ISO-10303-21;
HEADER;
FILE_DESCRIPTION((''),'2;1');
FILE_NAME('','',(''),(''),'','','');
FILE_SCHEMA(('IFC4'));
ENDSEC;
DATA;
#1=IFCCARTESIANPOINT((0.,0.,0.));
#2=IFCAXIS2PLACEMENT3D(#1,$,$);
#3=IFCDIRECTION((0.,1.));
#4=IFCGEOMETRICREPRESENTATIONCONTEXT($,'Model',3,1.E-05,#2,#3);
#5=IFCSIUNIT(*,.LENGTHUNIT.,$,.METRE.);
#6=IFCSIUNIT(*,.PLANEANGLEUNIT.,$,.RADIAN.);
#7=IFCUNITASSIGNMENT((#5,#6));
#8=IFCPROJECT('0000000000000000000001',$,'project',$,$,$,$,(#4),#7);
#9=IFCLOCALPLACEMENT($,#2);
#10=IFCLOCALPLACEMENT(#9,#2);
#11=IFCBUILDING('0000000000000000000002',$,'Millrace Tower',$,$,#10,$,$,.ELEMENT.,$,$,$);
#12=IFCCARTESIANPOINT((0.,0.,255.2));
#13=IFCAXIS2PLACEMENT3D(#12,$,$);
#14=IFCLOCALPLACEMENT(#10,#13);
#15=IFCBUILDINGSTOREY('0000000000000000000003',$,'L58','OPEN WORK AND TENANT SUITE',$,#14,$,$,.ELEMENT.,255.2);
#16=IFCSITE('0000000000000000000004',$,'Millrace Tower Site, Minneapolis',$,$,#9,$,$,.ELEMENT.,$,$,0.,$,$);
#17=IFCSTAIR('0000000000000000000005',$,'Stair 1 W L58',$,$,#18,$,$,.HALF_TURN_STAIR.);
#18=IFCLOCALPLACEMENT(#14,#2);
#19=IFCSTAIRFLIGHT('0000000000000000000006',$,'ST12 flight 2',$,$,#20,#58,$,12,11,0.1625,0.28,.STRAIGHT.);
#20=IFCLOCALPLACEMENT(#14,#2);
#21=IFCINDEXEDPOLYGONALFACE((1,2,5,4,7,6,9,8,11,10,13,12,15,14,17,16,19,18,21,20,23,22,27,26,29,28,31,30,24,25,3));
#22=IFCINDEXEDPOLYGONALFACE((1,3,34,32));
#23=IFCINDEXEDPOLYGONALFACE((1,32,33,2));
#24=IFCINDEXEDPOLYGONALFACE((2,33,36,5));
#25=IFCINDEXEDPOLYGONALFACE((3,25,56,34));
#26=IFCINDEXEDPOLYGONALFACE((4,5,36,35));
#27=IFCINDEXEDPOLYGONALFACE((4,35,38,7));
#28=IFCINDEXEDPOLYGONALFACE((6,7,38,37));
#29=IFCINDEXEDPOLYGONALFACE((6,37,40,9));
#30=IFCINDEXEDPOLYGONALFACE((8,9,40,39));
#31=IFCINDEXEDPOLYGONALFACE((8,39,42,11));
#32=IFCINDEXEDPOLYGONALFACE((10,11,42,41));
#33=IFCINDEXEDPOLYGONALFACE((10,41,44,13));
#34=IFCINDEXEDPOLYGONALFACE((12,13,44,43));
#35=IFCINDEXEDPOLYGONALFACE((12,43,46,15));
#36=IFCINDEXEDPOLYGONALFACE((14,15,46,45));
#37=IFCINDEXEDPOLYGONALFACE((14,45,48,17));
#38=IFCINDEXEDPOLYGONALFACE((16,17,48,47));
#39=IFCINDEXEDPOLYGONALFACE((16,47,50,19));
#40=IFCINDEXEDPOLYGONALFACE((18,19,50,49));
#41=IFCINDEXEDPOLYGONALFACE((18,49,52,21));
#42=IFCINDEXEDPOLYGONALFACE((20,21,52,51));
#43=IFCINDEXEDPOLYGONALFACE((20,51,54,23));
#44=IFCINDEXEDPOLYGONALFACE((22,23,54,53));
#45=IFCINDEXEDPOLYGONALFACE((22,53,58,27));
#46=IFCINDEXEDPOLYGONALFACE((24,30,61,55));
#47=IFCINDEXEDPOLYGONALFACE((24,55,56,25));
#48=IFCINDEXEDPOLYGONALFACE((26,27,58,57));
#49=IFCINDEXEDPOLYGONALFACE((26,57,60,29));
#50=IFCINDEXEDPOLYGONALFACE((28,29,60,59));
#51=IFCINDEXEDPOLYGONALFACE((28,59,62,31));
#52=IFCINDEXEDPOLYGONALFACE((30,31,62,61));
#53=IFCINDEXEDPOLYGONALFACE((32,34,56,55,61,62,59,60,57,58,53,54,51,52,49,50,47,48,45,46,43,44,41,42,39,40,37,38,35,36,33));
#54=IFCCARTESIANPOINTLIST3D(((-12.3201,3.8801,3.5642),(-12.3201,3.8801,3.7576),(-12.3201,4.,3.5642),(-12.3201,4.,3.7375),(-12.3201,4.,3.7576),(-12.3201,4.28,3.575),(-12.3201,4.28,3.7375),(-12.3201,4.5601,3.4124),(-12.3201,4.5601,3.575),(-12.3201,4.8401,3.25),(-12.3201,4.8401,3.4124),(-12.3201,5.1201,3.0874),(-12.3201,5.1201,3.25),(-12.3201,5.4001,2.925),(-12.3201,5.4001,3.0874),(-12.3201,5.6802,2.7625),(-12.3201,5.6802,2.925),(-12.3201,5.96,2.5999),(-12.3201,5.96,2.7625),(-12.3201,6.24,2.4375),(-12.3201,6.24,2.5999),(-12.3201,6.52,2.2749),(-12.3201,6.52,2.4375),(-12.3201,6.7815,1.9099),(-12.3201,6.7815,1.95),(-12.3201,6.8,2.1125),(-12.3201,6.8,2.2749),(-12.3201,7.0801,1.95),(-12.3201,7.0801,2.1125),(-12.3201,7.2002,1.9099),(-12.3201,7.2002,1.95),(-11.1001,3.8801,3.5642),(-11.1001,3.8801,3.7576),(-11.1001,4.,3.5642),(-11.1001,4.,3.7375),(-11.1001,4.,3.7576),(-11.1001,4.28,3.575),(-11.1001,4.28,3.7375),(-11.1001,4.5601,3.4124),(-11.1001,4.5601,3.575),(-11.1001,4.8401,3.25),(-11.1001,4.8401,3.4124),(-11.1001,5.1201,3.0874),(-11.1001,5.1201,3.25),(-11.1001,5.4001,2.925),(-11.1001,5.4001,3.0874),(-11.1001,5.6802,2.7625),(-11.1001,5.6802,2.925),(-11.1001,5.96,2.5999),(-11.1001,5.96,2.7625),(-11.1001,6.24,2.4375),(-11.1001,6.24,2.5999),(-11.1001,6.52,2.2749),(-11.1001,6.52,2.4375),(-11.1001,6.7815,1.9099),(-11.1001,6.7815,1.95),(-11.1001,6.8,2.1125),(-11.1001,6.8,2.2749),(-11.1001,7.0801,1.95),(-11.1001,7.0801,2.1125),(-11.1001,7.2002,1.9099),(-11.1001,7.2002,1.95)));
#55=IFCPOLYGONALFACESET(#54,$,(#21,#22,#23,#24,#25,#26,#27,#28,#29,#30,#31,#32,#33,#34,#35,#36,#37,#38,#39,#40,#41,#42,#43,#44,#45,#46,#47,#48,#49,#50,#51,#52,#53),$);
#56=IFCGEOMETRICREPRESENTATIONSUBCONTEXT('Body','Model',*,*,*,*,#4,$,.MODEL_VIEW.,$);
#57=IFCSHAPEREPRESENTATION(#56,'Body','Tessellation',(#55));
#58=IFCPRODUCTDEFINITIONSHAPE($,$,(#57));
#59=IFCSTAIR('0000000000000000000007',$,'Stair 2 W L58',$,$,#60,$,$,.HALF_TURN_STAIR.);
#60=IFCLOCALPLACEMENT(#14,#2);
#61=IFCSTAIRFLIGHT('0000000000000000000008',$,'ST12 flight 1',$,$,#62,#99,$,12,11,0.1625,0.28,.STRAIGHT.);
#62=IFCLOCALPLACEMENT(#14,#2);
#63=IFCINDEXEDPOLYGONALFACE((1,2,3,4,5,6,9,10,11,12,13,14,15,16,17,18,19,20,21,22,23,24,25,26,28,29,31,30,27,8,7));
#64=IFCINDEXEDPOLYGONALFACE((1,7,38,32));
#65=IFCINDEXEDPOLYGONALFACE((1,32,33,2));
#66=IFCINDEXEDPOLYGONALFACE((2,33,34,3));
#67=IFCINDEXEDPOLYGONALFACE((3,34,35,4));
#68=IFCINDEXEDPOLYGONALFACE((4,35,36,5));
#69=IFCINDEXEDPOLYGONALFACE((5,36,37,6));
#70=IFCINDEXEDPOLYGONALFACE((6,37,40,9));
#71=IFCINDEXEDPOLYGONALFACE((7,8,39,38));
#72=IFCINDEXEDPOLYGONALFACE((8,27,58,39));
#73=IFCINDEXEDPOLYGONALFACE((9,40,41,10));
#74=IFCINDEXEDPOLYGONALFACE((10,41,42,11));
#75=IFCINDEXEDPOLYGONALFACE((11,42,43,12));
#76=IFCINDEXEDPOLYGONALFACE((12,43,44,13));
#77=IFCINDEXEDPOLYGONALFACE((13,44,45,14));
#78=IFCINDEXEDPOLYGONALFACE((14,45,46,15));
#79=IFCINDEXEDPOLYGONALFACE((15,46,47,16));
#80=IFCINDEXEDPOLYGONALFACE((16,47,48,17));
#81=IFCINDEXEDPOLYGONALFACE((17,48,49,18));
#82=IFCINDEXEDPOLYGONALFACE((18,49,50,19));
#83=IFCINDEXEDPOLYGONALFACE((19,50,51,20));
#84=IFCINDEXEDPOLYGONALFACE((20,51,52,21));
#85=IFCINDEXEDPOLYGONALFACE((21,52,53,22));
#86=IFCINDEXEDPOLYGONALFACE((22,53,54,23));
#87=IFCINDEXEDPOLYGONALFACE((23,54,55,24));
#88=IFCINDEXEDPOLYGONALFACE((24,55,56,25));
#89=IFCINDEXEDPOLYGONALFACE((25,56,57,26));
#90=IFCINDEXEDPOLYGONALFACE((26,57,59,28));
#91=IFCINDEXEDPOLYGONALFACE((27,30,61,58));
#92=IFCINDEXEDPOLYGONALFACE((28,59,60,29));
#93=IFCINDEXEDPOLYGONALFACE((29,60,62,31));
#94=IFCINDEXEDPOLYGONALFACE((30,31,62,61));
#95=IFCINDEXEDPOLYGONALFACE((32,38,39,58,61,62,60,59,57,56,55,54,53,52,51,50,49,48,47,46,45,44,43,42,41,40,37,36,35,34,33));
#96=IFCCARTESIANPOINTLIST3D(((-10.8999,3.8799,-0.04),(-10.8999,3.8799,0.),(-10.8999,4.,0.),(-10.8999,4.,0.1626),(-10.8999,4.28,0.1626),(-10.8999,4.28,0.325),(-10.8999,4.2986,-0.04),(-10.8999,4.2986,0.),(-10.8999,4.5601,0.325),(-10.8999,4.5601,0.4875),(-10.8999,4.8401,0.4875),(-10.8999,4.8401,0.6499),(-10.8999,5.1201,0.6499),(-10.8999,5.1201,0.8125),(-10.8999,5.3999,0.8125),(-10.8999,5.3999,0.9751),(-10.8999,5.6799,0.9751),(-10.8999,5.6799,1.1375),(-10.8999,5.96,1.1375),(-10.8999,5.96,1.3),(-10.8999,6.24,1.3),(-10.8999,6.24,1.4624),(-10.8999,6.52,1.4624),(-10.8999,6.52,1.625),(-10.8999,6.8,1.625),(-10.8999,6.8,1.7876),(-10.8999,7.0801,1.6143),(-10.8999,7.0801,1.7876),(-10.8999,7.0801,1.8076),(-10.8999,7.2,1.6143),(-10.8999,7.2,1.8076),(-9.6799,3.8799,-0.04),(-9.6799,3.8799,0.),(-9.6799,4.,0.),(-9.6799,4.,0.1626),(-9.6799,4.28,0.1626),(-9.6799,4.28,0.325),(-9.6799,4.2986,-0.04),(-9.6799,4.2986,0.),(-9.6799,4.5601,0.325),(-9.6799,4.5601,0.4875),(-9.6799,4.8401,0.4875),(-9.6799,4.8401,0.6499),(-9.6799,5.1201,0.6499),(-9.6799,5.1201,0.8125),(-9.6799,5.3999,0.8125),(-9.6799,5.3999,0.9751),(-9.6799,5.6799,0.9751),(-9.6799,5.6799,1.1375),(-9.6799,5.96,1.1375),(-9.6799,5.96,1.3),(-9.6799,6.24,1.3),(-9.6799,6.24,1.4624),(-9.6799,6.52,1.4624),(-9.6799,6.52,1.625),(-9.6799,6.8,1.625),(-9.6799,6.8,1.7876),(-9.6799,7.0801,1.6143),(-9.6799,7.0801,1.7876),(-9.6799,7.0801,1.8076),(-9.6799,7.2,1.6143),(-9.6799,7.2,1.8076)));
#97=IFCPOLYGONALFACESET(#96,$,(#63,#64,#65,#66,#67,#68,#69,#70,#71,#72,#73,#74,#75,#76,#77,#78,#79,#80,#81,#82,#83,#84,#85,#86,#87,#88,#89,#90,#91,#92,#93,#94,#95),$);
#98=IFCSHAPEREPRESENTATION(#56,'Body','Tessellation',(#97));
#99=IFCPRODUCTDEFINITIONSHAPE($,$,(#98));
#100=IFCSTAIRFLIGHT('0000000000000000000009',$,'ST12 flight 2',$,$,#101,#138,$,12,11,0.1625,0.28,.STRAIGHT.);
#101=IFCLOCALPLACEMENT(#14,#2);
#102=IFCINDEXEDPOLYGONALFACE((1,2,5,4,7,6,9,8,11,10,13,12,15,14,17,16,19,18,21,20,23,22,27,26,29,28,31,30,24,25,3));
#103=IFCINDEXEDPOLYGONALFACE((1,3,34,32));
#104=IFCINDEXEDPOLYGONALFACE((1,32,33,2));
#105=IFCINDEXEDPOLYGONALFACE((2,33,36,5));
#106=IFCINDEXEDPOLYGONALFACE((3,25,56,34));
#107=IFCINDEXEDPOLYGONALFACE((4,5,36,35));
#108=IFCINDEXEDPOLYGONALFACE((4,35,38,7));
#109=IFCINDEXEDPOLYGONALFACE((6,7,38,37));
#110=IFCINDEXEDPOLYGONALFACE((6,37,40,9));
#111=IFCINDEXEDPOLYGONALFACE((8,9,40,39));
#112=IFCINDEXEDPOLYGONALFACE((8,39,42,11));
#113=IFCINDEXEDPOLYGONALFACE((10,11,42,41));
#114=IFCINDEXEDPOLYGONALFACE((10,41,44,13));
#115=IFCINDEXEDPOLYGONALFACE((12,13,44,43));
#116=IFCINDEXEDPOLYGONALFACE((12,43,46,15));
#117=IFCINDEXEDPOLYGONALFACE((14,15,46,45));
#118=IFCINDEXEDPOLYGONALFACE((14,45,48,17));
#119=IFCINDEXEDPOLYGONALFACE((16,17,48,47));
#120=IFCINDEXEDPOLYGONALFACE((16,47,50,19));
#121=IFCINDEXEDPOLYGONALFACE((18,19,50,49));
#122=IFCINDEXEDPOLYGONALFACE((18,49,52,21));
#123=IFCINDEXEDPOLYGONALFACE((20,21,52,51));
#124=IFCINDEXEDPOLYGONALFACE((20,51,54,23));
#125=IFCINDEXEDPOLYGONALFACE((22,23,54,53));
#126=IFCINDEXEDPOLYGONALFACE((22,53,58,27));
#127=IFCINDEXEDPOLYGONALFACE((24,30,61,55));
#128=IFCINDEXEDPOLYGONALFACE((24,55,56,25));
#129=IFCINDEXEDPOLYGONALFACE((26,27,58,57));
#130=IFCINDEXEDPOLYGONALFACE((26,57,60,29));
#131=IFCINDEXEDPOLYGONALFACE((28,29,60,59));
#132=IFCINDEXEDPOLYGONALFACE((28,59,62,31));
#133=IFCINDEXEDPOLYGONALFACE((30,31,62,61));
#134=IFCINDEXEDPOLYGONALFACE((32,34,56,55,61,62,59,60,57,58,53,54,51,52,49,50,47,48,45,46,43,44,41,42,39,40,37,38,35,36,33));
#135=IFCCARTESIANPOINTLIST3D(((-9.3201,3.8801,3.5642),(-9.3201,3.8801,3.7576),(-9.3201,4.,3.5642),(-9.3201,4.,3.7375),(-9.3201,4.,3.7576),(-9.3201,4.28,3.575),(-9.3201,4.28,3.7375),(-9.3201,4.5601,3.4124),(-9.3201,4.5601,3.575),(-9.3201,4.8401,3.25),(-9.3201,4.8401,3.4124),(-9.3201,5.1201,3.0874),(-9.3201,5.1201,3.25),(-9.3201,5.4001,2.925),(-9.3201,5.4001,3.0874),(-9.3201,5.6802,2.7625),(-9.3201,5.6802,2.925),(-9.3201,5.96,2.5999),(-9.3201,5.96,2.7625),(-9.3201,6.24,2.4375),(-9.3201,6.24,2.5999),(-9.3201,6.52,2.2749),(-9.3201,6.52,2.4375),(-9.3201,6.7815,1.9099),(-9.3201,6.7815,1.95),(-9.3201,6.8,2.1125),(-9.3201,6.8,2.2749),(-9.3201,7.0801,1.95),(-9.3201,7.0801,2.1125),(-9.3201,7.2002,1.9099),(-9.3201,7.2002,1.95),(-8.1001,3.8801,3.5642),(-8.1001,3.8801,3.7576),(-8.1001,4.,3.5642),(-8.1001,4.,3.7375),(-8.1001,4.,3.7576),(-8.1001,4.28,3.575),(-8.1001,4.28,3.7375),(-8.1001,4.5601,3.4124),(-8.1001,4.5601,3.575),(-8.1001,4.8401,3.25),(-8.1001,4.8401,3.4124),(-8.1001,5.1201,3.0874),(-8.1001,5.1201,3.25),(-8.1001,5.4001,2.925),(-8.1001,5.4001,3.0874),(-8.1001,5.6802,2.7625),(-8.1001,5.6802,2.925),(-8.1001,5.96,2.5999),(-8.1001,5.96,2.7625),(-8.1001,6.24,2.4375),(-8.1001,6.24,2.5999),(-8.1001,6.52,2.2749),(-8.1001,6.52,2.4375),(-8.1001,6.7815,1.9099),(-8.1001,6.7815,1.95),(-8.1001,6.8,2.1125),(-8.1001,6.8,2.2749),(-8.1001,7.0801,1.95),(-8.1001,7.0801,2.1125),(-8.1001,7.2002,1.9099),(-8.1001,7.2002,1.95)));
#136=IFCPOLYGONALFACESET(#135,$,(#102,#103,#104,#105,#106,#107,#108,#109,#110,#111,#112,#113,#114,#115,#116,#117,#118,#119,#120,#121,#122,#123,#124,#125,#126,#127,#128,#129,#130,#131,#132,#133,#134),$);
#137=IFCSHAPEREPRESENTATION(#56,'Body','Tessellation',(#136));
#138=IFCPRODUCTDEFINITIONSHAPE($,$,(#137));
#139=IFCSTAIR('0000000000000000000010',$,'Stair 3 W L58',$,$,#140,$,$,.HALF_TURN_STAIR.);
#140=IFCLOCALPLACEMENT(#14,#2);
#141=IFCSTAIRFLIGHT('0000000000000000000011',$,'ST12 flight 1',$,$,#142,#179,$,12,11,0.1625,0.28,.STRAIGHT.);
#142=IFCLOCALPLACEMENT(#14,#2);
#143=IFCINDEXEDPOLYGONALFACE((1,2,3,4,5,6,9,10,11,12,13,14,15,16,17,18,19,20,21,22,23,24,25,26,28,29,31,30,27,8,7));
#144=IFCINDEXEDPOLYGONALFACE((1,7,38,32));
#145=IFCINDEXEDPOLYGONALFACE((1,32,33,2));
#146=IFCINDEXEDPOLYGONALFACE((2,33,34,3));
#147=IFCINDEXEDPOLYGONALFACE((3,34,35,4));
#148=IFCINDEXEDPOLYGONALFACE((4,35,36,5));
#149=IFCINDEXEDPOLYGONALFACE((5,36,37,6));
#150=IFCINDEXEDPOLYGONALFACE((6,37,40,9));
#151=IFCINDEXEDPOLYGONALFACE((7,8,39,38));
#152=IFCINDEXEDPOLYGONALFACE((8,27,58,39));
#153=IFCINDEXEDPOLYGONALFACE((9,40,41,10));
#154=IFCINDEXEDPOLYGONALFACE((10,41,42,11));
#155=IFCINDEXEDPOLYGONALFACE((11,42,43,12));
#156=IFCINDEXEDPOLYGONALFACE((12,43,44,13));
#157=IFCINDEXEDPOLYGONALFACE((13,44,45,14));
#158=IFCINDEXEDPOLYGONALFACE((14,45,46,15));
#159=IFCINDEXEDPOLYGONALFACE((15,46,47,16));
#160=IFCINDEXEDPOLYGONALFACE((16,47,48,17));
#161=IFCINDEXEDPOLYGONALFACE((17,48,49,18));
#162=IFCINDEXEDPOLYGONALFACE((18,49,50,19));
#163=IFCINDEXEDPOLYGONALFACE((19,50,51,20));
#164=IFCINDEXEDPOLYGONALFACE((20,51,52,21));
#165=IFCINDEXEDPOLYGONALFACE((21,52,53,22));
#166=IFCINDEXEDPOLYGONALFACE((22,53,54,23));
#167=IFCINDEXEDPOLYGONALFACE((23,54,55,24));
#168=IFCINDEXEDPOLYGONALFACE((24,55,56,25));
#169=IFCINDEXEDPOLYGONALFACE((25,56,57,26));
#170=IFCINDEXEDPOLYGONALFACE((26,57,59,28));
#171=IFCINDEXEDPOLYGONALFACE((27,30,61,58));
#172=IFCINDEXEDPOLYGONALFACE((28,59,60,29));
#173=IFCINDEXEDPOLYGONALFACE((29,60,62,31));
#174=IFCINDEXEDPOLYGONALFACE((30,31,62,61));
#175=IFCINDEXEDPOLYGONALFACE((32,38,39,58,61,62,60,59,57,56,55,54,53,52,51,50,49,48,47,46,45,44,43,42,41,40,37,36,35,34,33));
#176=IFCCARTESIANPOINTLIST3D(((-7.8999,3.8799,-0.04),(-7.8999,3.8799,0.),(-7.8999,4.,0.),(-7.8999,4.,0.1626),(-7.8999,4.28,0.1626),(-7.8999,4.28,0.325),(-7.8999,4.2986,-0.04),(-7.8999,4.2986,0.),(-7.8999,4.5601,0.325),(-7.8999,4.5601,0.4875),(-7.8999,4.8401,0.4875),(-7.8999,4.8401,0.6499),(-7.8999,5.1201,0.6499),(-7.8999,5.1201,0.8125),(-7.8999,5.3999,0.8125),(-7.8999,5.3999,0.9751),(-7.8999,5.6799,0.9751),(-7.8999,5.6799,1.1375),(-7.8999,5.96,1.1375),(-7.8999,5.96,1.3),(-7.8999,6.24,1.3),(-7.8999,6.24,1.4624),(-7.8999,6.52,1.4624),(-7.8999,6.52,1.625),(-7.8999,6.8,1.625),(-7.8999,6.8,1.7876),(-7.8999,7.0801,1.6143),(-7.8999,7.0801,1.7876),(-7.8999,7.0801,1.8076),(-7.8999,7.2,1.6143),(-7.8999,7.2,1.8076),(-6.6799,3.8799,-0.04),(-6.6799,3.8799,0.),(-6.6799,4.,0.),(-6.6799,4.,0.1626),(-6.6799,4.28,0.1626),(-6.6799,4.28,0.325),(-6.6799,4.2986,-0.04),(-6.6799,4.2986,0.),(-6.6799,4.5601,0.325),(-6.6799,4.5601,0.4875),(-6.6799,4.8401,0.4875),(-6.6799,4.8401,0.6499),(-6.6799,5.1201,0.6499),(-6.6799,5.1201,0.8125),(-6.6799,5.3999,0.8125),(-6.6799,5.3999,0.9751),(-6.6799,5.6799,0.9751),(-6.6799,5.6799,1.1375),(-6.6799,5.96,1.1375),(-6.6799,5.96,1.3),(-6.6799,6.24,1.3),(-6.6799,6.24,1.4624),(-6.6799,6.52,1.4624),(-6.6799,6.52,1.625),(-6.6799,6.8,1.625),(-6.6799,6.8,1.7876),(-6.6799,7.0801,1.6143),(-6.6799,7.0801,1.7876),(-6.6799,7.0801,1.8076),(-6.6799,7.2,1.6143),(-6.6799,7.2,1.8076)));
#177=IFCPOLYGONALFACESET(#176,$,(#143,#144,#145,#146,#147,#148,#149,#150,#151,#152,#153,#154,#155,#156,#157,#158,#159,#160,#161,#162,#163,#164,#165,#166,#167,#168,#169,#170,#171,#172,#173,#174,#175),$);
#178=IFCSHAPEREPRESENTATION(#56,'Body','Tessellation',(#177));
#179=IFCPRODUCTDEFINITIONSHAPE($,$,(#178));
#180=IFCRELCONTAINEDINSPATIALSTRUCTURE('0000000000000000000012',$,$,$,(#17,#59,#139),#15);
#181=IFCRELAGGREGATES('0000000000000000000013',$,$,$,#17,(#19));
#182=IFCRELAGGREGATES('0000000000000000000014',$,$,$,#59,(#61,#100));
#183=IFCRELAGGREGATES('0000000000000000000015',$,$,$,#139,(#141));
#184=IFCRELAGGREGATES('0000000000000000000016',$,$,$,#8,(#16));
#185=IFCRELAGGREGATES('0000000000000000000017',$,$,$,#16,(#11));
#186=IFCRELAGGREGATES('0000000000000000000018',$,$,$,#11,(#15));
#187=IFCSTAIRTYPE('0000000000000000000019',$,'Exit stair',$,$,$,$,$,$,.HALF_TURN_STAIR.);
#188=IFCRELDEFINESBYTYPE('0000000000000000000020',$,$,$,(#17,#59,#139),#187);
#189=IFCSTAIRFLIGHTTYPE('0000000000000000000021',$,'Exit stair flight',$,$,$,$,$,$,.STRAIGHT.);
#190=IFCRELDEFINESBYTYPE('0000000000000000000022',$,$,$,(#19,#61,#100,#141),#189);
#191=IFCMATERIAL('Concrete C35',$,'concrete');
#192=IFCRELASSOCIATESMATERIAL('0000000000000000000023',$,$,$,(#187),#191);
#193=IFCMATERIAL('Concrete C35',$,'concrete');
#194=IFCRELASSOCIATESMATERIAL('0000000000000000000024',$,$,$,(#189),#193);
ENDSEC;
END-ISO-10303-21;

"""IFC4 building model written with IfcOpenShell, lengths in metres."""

from ifc_helpers import new_model, si_unit, direction, frame, origin, place, context, subcontext, project, spatial, polyline, outline, extrude, material, type_object, element, aggregate, save


model = new_model("IFC4")

# Units and contexts
model_context = context("Model", 3, precision=1e-05, world=origin(), true_north=direction((0.0, 1.0)))
body_context = subcontext(model_context, "Body", "Model", "MODEL_VIEW")
ifc_project = project(units=[si_unit("LENGTHUNIT", "METRE"), si_unit("PLANEANGLEUNIT", "RADIAN")], contexts=[model_context])

# Site, building, storey
site_placement = place(None, origin())
site = spatial("IfcSite", under=ifc_project, at=site_placement, Name="Millrace Tower Site, Minneapolis", CompositionType="ELEMENT", RefElevation=0.0)
building_placement = place(site_placement, origin())
building = spatial("IfcBuilding", under=site, at=building_placement, Name="Millrace Tower", CompositionType="ELEMENT")
storey_placement = place(building_placement, frame((0.0, 0.0, 255.2)))
storey = spatial("IfcBuildingStorey", under=building, at=storey_placement, Name="L58", Description="OPEN WORK AND TENANT SUITE", CompositionType="ELEMENT", Elevation=255.2)

# Shared definitions
placement = place(storey_placement, origin())

# Stair, stair flight
ifc_material_1 = material(Name="Concrete C35", Category="concrete")
stair_type = type_object("IfcStairType", Name="Exit stair", PredefinedType="HALF_TURN_STAIR", material=ifc_material_1)
stair_1 = element("IfcStair", 1, at=placement, inside=storey, type_object=stair_type, Name="Stair 1 W L58", PredefinedType="HALF_TURN_STAIR")
ifc_material_2 = material(Name="Concrete C35", Category="concrete")
stair_flight_type = type_object("IfcStairFlightType", Name="Exit stair flight", PredefinedType="STRAIGHT", material=ifc_material_2)
stair_flight_1_placement = place(storey_placement, frame((-11.71, 7.0801, 1.95), z_axis=(0.0, 0.0, 1.0), x_axis=(0.0, -1.0, 0.0)))
stair_flight_1 = element("IfcStairFlight", 2, at=stair_flight_1_placement, type_object=stair_flight_type, Name="ST12 flight 2", NumberOfRisers=12, NumberOfTreads=11, PredefinedType="STRAIGHT", RiserHeight=0.1625, TreadLength=0.28, context=body_context, shape_type="SweptSolid", body=[
    extrude(outline(polyline([(-0.1201, -0.04), (-0.1201, 0.0), (0.0, 0.0), (0.0, 0.1626), (0.28, 0.1626), (0.28, 0.325), (0.5601, 0.325), (0.5601, 0.4875), (0.8401, 0.4875), (0.8401, 0.6499), (1.1201, 0.6499), (1.1201, 0.8125), (1.3999, 0.8125), (1.3999, 0.9751), (1.6799, 0.9751), (1.6799, 1.1375), (1.96, 1.1375), (1.96, 1.3), (2.24, 1.3), (2.24, 1.4624), (2.52, 1.4624), (2.52, 1.625), (2.8, 1.625), (2.8, 1.7876), (3.0801, 1.7876), (3.0801, 1.8076), (3.2, 1.8076), (3.2, 1.6143), (3.0801, 1.6143), (0.2986, 0.0), (0.2986, -0.04), (-0.1201, -0.04)])), frame((0.0, 0.6099, 0.0), z_axis=(0.0, -1.0, 0.0), x_axis=(1.0, 0.0, 0.0)), (0.0, 0.0, 1.0), 1.22),
])
aggregate(stair_1, [stair_flight_1])

# Stairs, stair flights
stair_2 = element("IfcStair", 3, at=placement, inside=storey, type_object=stair_type, Name="Stair 2 W L58", PredefinedType="HALF_TURN_STAIR")
stair_flight_2_placement = place(storey_placement, frame((-10.29, 4.0, 0.0), z_axis=(0.0, 0.0, 1.0), x_axis=(0.0, 1.0, 0.0)))
stair_flight_2 = element("IfcStairFlight", 4, at=stair_flight_2_placement, type_object=stair_flight_type, Name="ST12 flight 1", NumberOfRisers=12, NumberOfTreads=11, PredefinedType="STRAIGHT", RiserHeight=0.1625, TreadLength=0.28, context=body_context, shape_type="SweptSolid", body=[
    extrude(outline(polyline([(-0.1201, -0.04), (-0.1201, 0.0), (0.0, 0.0), (0.0, 0.1626), (0.28, 0.1626), (0.28, 0.325), (0.5601, 0.325), (0.5601, 0.4875), (0.8401, 0.4875), (0.8401, 0.6499), (1.1201, 0.6499), (1.1201, 0.8125), (1.3999, 0.8125), (1.3999, 0.9751), (1.6799, 0.9751), (1.6799, 1.1375), (1.96, 1.1375), (1.96, 1.3), (2.24, 1.3), (2.24, 1.4624), (2.52, 1.4624), (2.52, 1.625), (2.8, 1.625), (2.8, 1.7876), (3.0801, 1.7876), (3.0801, 1.8076), (3.2, 1.8076), (3.2, 1.6143), (3.0801, 1.6143), (0.2986, 0.0), (0.2986, -0.04), (-0.1201, -0.04)])), frame((0.0, 0.6099, 0.0), z_axis=(0.0, -1.0, 0.0), x_axis=(1.0, 0.0, 0.0)), (0.0, 0.0, 1.0), 1.22),
])
stair_flight_3_placement = place(storey_placement, frame((-8.71, 7.0801, 1.95), z_axis=(0.0, 0.0, 1.0), x_axis=(0.0, -1.0, 0.0)))
stair_flight_3 = element("IfcStairFlight", 5, at=stair_flight_3_placement, type_object=stair_flight_type, Name="ST12 flight 2", NumberOfRisers=12, NumberOfTreads=11, PredefinedType="STRAIGHT", RiserHeight=0.1625, TreadLength=0.28, context=body_context, shape_type="SweptSolid", body=[
    extrude(outline(polyline([(-0.1201, -0.04), (-0.1201, 0.0), (0.0, 0.0), (0.0, 0.1626), (0.28, 0.1626), (0.28, 0.325), (0.5601, 0.325), (0.5601, 0.4875), (0.8401, 0.4875), (0.8401, 0.6499), (1.1201, 0.6499), (1.1201, 0.8125), (1.3999, 0.8125), (1.3999, 0.9751), (1.6799, 0.9751), (1.6799, 1.1375), (1.96, 1.1375), (1.96, 1.3), (2.24, 1.3), (2.24, 1.4624), (2.52, 1.4624), (2.52, 1.625), (2.8, 1.625), (2.8, 1.7876), (3.0801, 1.7876), (3.0801, 1.8076), (3.2, 1.8076), (3.2, 1.6143), (3.0801, 1.6143), (0.2986, 0.0), (0.2986, -0.04), (-0.1201, -0.04)])), frame((0.0, 0.6099, 0.0), z_axis=(0.0, -1.0, 0.0), x_axis=(1.0, 0.0, 0.0)), (0.0, 0.0, 1.0), 1.22),
])
aggregate(stair_2, [stair_flight_2, stair_flight_3])
stair_3 = element("IfcStair", 6, at=placement, inside=storey, type_object=stair_type, Name="Stair 3 W L58", PredefinedType="HALF_TURN_STAIR")
stair_flight_4_placement = place(storey_placement, frame((-7.29, 4.0, 0.0), z_axis=(0.0, 0.0, 1.0), x_axis=(0.0, 1.0, 0.0)))
stair_flight_4 = element("IfcStairFlight", 7, at=stair_flight_4_placement, type_object=stair_flight_type, Name="ST12 flight 1", NumberOfRisers=12, NumberOfTreads=11, PredefinedType="STRAIGHT", RiserHeight=0.1625, TreadLength=0.28, context=body_context, shape_type="SweptSolid", body=[
    extrude(outline(polyline([(-0.1201, -0.04), (-0.1201, 0.0), (0.0, 0.0), (0.0, 0.1626), (0.28, 0.1626), (0.28, 0.325), (0.5601, 0.325), (0.5601, 0.4875), (0.8401, 0.4875), (0.8401, 0.6499), (1.1201, 0.6499), (1.1201, 0.8125), (1.3999, 0.8125), (1.3999, 0.9751), (1.6799, 0.9751), (1.6799, 1.1375), (1.96, 1.1375), (1.96, 1.3), (2.24, 1.3), (2.24, 1.4624), (2.52, 1.4624), (2.52, 1.625), (2.8, 1.625), (2.8, 1.7876), (3.0801, 1.7876), (3.0801, 1.8076), (3.2, 1.8076), (3.2, 1.6143), (3.0801, 1.6143), (0.2986, 0.0), (0.2986, -0.04), (-0.1201, -0.04)])), frame((0.0, 0.6099, 0.0), z_axis=(0.0, -1.0, 0.0), x_axis=(1.0, 0.0, 0.0)), (0.0, 0.0, 1.0), 1.22),
])
aggregate(stair_3, [stair_flight_4])

save(model, "model.ifc")
